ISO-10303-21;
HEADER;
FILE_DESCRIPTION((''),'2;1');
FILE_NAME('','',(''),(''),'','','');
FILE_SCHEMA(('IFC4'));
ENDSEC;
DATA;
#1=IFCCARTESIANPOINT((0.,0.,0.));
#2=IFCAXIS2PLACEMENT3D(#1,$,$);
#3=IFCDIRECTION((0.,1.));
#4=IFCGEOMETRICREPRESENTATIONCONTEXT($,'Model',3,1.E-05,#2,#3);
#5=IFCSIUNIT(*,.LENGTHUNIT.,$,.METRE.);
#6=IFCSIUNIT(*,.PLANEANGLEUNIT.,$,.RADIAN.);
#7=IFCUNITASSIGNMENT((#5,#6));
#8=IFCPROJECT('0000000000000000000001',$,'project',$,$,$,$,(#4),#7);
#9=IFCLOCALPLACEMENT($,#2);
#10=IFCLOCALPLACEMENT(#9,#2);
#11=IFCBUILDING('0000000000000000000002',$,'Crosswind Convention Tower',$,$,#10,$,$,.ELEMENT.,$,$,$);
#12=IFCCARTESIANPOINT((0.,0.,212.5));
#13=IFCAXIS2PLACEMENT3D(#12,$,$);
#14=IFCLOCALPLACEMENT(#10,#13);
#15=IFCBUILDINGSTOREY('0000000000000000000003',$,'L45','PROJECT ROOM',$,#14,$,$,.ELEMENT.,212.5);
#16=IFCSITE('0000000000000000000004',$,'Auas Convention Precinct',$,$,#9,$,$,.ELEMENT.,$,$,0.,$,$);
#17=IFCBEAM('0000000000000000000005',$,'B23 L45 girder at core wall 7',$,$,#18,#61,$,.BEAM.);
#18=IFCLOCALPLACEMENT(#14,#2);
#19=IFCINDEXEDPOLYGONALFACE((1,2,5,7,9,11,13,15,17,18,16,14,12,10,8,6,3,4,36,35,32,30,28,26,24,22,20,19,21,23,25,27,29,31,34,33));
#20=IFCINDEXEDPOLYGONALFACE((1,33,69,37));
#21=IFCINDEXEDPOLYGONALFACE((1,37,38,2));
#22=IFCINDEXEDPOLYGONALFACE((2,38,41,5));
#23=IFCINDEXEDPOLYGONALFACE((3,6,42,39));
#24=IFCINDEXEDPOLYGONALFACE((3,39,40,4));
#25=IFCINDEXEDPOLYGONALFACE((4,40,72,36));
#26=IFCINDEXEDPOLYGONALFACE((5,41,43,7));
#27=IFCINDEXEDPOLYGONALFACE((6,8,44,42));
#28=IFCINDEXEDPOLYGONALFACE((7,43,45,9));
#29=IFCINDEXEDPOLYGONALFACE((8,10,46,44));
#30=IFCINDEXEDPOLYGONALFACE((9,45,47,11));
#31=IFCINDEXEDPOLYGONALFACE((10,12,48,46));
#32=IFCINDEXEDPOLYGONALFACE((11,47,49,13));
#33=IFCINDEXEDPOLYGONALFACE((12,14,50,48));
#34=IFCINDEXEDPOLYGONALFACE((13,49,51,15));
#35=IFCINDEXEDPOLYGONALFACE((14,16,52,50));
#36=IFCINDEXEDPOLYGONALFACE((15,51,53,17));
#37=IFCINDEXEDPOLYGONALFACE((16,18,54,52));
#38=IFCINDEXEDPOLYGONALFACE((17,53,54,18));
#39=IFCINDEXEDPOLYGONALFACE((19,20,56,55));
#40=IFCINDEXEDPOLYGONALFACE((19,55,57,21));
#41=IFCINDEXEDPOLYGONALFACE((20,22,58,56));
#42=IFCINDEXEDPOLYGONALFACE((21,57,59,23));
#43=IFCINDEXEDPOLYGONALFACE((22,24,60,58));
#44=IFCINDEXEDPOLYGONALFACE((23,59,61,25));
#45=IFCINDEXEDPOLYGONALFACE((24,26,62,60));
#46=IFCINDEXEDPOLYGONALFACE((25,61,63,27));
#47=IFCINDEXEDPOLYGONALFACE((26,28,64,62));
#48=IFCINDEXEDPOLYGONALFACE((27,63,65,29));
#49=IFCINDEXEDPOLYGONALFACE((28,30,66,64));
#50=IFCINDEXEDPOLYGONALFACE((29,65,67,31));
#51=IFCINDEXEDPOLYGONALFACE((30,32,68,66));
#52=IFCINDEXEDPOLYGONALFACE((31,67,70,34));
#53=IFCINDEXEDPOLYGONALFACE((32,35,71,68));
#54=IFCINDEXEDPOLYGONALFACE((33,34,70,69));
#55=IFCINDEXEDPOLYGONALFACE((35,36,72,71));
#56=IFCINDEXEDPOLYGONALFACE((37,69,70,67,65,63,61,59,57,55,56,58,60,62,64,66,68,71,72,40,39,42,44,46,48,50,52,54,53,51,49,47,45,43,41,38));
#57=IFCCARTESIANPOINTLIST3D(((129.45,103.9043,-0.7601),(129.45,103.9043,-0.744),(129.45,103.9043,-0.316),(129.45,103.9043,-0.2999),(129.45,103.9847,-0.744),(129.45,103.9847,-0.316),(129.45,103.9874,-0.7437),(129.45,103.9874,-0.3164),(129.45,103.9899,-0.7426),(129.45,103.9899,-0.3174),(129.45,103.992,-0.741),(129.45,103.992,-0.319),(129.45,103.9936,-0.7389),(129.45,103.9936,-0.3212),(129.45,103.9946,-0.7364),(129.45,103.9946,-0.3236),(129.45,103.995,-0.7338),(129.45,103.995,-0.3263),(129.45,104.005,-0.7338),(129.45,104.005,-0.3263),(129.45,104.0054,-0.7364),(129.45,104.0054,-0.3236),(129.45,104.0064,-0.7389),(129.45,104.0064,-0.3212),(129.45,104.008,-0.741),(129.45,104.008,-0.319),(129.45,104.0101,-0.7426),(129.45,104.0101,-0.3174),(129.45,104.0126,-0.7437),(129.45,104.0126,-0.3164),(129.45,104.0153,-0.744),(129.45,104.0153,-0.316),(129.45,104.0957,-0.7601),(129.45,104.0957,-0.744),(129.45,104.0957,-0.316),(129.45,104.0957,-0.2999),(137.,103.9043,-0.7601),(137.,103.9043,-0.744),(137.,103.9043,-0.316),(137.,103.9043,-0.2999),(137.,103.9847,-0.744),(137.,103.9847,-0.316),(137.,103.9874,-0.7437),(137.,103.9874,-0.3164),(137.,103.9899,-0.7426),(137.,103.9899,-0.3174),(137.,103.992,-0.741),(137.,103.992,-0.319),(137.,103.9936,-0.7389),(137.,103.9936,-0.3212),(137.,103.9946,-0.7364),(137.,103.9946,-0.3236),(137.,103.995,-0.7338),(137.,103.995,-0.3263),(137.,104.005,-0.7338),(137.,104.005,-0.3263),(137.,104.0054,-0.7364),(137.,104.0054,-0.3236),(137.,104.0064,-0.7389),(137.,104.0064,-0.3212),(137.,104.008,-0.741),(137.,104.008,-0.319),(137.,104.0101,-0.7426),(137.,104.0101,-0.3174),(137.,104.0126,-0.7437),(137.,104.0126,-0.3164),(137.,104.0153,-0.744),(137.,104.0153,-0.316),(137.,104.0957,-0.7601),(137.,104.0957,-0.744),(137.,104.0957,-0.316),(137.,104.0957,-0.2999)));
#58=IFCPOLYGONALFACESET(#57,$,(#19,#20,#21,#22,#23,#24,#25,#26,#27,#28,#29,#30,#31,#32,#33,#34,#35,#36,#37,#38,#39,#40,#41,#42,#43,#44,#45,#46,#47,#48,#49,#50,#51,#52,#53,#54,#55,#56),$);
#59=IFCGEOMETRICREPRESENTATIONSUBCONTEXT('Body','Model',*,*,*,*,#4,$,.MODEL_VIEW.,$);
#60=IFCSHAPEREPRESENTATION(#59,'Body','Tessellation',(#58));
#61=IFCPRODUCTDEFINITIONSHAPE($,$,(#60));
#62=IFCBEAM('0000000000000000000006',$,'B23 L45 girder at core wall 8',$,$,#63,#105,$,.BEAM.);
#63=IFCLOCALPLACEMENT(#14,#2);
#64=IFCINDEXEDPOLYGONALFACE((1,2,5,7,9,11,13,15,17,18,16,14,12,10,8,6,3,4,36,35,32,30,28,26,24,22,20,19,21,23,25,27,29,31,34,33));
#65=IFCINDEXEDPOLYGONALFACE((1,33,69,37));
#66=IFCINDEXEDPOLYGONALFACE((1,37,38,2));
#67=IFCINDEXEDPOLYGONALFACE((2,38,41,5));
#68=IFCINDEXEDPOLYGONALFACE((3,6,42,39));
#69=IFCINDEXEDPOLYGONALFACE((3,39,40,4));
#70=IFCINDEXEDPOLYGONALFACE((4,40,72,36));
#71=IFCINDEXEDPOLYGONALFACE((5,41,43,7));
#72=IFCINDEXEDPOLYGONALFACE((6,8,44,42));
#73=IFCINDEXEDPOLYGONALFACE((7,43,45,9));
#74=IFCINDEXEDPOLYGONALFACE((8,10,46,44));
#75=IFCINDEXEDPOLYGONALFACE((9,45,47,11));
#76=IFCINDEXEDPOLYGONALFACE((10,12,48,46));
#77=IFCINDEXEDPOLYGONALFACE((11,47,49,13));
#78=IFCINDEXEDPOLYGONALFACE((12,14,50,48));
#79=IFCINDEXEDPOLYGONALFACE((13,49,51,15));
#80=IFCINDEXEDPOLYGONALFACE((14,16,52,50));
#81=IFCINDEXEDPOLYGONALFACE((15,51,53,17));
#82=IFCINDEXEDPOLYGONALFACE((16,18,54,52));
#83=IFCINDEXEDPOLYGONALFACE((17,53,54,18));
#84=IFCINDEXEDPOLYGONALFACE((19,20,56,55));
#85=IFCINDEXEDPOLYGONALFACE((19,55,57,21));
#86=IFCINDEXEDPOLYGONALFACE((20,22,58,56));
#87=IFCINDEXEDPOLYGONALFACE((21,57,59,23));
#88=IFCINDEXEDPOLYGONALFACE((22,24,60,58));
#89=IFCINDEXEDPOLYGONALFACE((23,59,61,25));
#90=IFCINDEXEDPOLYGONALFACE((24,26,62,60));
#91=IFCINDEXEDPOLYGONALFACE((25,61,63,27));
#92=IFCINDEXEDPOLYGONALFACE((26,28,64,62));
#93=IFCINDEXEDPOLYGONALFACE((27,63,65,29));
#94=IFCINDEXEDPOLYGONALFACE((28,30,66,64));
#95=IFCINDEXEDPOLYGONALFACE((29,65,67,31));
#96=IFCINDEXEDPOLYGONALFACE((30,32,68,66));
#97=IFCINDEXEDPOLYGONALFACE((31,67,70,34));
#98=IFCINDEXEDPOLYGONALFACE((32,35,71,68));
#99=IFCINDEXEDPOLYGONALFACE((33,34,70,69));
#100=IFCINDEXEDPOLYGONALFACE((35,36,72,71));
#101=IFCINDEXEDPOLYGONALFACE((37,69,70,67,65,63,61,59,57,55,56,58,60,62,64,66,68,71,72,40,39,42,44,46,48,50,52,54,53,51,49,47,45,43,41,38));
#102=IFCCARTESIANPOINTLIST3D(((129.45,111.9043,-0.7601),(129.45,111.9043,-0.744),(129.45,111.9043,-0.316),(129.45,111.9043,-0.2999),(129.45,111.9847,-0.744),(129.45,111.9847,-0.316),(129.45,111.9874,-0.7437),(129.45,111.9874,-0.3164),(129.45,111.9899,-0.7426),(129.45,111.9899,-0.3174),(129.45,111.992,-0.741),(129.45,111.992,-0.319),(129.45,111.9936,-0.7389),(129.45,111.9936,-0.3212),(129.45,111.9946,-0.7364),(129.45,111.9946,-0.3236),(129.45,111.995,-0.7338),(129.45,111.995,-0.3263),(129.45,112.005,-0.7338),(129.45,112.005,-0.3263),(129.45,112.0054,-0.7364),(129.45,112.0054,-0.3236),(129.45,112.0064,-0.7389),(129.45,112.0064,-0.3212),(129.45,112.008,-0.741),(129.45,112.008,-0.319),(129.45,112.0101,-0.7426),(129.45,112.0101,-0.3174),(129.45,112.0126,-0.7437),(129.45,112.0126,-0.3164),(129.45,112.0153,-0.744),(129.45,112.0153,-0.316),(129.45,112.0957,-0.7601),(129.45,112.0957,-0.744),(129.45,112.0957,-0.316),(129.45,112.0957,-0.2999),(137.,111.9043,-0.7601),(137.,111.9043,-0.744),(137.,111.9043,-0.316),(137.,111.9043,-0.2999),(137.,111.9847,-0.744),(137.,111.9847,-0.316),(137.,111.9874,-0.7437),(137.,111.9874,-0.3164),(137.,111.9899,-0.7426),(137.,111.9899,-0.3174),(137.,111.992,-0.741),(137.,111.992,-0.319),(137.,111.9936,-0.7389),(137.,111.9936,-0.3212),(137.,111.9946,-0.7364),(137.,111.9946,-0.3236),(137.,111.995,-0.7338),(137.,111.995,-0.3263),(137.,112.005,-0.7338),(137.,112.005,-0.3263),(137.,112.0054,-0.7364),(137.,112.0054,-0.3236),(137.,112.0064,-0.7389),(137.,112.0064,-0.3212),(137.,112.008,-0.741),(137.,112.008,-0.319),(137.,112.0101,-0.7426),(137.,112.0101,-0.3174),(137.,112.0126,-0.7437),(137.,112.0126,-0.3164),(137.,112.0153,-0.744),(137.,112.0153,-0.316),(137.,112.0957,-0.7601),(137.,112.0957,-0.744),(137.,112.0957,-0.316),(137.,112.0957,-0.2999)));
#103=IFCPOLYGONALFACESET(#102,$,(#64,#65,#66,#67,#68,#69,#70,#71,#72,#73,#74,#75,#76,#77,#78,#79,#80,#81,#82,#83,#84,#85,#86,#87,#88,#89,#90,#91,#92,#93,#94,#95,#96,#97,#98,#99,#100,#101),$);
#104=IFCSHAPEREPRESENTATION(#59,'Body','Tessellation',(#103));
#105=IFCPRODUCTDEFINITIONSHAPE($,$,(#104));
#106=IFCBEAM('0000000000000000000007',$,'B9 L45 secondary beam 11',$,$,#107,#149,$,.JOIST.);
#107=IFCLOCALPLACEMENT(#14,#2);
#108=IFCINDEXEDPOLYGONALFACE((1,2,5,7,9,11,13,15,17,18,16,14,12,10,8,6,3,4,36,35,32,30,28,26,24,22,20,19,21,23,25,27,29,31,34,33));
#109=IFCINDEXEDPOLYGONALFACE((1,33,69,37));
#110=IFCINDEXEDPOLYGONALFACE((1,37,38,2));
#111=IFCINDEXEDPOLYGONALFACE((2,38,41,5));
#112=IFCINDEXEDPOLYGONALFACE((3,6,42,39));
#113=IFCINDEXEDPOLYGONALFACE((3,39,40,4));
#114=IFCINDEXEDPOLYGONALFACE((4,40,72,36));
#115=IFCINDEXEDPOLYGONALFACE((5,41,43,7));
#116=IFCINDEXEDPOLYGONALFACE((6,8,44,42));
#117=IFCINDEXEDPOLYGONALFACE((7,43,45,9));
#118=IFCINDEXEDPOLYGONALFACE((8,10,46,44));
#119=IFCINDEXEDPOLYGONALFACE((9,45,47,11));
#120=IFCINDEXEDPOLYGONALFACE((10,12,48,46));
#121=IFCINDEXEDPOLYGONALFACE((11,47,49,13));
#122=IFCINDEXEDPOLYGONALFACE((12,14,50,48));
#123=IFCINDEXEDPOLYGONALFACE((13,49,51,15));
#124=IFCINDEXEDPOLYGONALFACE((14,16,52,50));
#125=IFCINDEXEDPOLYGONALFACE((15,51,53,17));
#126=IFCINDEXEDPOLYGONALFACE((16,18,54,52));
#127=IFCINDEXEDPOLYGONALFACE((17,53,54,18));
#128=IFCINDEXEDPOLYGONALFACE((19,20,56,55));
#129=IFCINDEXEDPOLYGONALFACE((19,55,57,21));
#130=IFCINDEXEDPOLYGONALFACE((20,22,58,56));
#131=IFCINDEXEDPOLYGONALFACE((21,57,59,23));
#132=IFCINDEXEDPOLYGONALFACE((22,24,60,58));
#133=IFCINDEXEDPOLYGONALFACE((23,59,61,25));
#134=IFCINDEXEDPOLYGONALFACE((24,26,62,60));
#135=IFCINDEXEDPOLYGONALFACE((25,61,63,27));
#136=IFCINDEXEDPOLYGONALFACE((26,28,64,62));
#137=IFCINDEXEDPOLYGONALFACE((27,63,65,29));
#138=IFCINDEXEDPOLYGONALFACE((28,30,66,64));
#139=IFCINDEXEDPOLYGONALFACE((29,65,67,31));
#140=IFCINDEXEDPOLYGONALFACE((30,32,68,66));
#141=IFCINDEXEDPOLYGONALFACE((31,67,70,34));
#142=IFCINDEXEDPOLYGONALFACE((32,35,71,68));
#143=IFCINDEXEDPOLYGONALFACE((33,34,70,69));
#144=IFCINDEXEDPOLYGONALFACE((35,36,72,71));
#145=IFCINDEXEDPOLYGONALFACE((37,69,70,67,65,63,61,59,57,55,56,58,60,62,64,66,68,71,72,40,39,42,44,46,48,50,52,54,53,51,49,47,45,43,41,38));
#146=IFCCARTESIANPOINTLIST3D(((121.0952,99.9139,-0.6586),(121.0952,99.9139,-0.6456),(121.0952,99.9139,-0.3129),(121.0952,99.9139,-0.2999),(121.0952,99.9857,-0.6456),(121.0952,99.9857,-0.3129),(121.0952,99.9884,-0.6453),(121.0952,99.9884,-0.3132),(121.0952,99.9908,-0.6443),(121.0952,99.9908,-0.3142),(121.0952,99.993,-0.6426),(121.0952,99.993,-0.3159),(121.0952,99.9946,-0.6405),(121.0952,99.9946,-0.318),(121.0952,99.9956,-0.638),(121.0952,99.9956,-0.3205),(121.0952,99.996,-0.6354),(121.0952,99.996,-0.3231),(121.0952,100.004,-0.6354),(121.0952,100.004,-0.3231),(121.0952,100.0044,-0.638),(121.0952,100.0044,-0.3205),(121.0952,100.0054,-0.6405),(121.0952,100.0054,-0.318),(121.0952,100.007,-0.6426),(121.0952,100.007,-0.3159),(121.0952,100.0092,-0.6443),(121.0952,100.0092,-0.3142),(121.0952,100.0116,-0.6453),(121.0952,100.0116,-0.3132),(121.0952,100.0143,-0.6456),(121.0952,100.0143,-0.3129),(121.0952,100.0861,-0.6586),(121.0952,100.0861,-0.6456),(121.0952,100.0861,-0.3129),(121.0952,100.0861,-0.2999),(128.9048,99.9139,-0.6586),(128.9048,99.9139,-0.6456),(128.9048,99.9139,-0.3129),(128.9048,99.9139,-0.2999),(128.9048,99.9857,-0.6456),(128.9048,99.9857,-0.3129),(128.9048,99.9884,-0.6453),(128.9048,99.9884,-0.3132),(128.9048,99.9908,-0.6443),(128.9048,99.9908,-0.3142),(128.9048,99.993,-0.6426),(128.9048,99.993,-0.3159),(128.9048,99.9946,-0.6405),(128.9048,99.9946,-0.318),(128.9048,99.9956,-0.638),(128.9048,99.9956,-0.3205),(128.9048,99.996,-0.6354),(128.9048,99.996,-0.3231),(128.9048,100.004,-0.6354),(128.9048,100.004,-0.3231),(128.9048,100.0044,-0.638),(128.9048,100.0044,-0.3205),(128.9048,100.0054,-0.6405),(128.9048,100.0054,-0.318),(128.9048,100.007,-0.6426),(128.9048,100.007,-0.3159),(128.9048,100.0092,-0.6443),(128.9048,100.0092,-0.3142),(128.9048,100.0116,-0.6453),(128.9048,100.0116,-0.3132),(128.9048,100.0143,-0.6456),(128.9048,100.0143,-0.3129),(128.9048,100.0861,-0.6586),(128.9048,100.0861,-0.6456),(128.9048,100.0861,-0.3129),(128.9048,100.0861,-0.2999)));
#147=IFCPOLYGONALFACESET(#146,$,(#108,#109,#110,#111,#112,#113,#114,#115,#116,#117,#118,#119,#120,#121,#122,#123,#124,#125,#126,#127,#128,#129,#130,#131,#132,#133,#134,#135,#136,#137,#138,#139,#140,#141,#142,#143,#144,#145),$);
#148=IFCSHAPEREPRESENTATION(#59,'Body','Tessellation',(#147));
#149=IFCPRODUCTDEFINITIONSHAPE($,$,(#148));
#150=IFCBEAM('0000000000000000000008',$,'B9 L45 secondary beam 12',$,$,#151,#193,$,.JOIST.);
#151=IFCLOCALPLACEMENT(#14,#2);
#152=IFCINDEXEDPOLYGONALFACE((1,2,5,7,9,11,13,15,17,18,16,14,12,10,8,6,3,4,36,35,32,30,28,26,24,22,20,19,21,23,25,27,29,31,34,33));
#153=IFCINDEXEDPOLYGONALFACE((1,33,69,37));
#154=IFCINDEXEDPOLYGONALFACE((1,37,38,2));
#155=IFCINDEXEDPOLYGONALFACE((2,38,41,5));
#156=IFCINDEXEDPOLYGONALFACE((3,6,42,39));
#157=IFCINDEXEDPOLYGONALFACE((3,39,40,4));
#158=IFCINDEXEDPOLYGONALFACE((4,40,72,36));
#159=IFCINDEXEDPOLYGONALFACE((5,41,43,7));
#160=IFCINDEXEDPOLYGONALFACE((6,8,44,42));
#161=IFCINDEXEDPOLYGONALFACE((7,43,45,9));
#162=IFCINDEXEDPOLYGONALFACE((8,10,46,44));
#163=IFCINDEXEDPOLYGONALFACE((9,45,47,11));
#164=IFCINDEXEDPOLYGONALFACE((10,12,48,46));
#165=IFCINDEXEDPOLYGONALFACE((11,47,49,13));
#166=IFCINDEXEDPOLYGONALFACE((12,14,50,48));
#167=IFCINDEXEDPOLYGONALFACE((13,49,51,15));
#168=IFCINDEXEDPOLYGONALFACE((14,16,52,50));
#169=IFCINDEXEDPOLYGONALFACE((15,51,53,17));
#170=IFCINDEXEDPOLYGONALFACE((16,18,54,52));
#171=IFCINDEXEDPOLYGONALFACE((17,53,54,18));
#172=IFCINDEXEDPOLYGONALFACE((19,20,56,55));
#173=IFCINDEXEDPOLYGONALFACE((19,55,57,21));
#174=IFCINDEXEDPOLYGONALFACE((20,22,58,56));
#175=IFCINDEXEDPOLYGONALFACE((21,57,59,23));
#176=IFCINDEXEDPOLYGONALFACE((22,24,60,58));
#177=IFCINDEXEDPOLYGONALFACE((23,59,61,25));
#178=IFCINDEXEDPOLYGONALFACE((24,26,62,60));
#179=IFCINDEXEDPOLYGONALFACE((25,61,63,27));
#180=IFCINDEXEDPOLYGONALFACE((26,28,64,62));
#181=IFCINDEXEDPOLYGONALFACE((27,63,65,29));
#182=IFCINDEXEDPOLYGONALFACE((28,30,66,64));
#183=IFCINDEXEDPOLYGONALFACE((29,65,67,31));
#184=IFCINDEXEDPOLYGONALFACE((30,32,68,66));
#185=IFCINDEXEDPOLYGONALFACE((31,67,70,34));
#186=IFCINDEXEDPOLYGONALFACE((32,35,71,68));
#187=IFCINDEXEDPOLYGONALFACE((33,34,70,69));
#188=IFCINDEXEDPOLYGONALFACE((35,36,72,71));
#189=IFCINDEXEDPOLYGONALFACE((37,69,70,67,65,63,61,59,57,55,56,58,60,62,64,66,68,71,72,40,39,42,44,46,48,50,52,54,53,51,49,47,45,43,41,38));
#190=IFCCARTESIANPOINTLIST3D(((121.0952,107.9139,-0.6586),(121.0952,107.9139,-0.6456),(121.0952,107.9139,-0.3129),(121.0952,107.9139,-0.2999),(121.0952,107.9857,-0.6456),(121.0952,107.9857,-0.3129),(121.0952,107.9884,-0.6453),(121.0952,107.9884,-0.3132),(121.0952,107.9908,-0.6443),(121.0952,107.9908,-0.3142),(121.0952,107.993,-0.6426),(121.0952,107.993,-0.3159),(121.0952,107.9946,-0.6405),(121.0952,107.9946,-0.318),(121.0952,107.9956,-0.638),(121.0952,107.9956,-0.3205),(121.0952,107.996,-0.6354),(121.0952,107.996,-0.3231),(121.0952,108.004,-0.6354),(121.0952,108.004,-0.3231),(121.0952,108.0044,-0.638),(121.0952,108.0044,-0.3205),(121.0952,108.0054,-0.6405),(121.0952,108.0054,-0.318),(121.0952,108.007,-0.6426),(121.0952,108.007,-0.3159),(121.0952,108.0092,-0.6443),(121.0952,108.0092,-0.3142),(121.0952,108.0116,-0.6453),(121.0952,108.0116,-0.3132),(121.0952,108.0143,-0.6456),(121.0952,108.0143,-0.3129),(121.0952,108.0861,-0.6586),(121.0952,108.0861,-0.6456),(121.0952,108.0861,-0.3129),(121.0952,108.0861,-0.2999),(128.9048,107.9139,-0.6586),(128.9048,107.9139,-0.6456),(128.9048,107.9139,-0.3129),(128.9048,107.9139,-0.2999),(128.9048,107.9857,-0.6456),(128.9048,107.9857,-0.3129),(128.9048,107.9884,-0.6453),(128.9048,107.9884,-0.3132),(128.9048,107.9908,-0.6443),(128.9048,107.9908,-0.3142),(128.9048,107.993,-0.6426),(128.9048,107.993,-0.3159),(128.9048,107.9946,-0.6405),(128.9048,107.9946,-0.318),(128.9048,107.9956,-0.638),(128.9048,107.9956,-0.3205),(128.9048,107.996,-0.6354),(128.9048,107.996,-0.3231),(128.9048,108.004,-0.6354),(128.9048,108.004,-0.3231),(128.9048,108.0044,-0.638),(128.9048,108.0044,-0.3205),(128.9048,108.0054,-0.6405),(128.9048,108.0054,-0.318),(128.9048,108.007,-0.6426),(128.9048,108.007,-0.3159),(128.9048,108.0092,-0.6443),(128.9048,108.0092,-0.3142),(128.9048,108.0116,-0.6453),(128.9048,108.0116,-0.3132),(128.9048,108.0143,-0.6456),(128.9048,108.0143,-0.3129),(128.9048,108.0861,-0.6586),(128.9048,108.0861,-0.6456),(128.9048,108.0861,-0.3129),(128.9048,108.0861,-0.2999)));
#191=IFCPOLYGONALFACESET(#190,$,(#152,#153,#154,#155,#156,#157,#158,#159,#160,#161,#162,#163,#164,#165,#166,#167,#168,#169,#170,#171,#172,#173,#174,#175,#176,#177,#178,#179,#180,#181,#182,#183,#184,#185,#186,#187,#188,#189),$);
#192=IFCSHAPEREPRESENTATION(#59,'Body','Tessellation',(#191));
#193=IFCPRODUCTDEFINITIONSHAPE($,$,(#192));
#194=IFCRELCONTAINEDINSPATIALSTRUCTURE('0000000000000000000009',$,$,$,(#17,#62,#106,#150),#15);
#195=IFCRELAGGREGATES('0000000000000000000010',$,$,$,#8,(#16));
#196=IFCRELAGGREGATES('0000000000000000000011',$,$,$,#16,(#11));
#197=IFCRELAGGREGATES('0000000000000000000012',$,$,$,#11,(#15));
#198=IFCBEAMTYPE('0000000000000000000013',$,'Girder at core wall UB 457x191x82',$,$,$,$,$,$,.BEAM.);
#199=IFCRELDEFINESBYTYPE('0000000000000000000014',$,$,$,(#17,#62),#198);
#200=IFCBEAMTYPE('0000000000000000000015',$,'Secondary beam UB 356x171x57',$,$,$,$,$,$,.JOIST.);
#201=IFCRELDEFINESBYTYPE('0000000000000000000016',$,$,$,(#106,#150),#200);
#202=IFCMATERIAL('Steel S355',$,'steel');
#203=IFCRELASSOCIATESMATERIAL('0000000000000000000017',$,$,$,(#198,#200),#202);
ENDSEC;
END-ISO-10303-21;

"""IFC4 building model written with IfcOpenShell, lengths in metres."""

from ifc_helpers import new_model, si_unit, direction, frame, origin, origin_2d, place, context, subcontext, project, spatial, i_section, extrude, material, material_profile, profile_set, type_object, element, save


model = new_model("IFC4")

# Units and contexts
model_context = context("Model", 3, precision=1e-05, world=origin(), true_north=direction((0.0, 1.0)))
body_context = subcontext(model_context, "Body", "Model", "MODEL_VIEW")
ifc_project = project(units=[si_unit("LENGTHUNIT", "METRE"), si_unit("PLANEANGLEUNIT", "RADIAN")], contexts=[model_context])

# Site, building, storey
site_placement = place(None, origin())
site = spatial("IfcSite", under=ifc_project, at=site_placement, Name="Auas Convention Precinct", CompositionType="ELEMENT", RefElevation=0.0)
building_placement = place(site_placement, origin())
building = spatial("IfcBuilding", under=site, at=building_placement, Name="Crosswind Convention Tower", CompositionType="ELEMENT")
storey_placement = place(building_placement, frame((0.0, 0.0, 212.5)))
storey = spatial("IfcBuildingStorey", under=building, at=storey_placement, Name="L45", Description="PROJECT ROOM", CompositionType="ELEMENT", Elevation=212.5)

# Beams
ifc_material_1 = material(Name="Steel S355", Category="steel")
ifc_material_profile_1 = material_profile(ifc_material_1, i_section(OverallWidth=0.1914, OverallDepth=0.4602, WebThickness=0.01, FlangeThickness=0.0161, FilletRadius=0.0103, at=origin_2d()), Name="UB 457x191x82")
ifc_profile_set_1 = profile_set([ifc_material_profile_1], Name="Steel S355")
beam_type_1 = type_object("IfcBeamType", Name="Girder at core wall UB 457x191x82", PredefinedType="BEAM", material=ifc_profile_set_1)
for number, where, z_axis, x_axis, name in (
    (1, (129.45, 104.0, -0.53), (1.0, 0.0, 0.0), (0.0, 1.0, 0.0), "B23 L45 girder at core wall 7"),
    (2, (129.45, 112.0, -0.53), (1.0, 0.0, 0.0), (0.0, 1.0, 0.0), "B23 L45 girder at core wall 8"),
):
    element("IfcBeam", number, at=place(storey_placement, frame(where, z_axis=z_axis, x_axis=x_axis)), inside=storey, type_object=beam_type_1, Name=name, PredefinedType="BEAM", context=body_context, shape_type="SweptSolid", body=[
        extrude(i_section(OverallWidth=0.1914, OverallDepth=0.4602, WebThickness=0.01, FlangeThickness=0.0161, FilletRadius=0.0103, at=origin_2d()), origin(), (0.0, 0.0, 1.0), 7.55),
    ])
ifc_material_profile_2 = material_profile(ifc_material_1, i_section(OverallWidth=0.1721, OverallDepth=0.3586, WebThickness=0.0081, FlangeThickness=0.0129, FilletRadius=0.0103, at=origin_2d()), Name="UB 356x171x57")
ifc_profile_set_2 = profile_set([ifc_material_profile_2], Name="Steel S355")
beam_type_2 = type_object("IfcBeamType", Name="Secondary beam UB 356x171x57", PredefinedType="JOIST", material=ifc_profile_set_2)
for number, where, z_axis, x_axis, name in (
    (3, (121.0952, 100.0, -0.4792), (1.0, 0.0, 0.0), (0.0, 1.0, 0.0), "B9 L45 secondary beam 11"),
    (4, (121.0952, 108.0, -0.4792), (1.0, 0.0, 0.0), (0.0, 1.0, 0.0), "B9 L45 secondary beam 12"),
):
    element("IfcBeam", number, at=place(storey_placement, frame(where, z_axis=z_axis, x_axis=x_axis)), inside=storey, type_object=beam_type_2, Name=name, PredefinedType="JOIST", context=body_context, shape_type="SweptSolid", body=[
        extrude(i_section(OverallWidth=0.1721, OverallDepth=0.3586, WebThickness=0.0081, FlangeThickness=0.0129, FilletRadius=0.0103, at=origin_2d()), origin(), (0.0, 0.0, 1.0), 7.8096),
    ])

save(model, "model.ifc")
